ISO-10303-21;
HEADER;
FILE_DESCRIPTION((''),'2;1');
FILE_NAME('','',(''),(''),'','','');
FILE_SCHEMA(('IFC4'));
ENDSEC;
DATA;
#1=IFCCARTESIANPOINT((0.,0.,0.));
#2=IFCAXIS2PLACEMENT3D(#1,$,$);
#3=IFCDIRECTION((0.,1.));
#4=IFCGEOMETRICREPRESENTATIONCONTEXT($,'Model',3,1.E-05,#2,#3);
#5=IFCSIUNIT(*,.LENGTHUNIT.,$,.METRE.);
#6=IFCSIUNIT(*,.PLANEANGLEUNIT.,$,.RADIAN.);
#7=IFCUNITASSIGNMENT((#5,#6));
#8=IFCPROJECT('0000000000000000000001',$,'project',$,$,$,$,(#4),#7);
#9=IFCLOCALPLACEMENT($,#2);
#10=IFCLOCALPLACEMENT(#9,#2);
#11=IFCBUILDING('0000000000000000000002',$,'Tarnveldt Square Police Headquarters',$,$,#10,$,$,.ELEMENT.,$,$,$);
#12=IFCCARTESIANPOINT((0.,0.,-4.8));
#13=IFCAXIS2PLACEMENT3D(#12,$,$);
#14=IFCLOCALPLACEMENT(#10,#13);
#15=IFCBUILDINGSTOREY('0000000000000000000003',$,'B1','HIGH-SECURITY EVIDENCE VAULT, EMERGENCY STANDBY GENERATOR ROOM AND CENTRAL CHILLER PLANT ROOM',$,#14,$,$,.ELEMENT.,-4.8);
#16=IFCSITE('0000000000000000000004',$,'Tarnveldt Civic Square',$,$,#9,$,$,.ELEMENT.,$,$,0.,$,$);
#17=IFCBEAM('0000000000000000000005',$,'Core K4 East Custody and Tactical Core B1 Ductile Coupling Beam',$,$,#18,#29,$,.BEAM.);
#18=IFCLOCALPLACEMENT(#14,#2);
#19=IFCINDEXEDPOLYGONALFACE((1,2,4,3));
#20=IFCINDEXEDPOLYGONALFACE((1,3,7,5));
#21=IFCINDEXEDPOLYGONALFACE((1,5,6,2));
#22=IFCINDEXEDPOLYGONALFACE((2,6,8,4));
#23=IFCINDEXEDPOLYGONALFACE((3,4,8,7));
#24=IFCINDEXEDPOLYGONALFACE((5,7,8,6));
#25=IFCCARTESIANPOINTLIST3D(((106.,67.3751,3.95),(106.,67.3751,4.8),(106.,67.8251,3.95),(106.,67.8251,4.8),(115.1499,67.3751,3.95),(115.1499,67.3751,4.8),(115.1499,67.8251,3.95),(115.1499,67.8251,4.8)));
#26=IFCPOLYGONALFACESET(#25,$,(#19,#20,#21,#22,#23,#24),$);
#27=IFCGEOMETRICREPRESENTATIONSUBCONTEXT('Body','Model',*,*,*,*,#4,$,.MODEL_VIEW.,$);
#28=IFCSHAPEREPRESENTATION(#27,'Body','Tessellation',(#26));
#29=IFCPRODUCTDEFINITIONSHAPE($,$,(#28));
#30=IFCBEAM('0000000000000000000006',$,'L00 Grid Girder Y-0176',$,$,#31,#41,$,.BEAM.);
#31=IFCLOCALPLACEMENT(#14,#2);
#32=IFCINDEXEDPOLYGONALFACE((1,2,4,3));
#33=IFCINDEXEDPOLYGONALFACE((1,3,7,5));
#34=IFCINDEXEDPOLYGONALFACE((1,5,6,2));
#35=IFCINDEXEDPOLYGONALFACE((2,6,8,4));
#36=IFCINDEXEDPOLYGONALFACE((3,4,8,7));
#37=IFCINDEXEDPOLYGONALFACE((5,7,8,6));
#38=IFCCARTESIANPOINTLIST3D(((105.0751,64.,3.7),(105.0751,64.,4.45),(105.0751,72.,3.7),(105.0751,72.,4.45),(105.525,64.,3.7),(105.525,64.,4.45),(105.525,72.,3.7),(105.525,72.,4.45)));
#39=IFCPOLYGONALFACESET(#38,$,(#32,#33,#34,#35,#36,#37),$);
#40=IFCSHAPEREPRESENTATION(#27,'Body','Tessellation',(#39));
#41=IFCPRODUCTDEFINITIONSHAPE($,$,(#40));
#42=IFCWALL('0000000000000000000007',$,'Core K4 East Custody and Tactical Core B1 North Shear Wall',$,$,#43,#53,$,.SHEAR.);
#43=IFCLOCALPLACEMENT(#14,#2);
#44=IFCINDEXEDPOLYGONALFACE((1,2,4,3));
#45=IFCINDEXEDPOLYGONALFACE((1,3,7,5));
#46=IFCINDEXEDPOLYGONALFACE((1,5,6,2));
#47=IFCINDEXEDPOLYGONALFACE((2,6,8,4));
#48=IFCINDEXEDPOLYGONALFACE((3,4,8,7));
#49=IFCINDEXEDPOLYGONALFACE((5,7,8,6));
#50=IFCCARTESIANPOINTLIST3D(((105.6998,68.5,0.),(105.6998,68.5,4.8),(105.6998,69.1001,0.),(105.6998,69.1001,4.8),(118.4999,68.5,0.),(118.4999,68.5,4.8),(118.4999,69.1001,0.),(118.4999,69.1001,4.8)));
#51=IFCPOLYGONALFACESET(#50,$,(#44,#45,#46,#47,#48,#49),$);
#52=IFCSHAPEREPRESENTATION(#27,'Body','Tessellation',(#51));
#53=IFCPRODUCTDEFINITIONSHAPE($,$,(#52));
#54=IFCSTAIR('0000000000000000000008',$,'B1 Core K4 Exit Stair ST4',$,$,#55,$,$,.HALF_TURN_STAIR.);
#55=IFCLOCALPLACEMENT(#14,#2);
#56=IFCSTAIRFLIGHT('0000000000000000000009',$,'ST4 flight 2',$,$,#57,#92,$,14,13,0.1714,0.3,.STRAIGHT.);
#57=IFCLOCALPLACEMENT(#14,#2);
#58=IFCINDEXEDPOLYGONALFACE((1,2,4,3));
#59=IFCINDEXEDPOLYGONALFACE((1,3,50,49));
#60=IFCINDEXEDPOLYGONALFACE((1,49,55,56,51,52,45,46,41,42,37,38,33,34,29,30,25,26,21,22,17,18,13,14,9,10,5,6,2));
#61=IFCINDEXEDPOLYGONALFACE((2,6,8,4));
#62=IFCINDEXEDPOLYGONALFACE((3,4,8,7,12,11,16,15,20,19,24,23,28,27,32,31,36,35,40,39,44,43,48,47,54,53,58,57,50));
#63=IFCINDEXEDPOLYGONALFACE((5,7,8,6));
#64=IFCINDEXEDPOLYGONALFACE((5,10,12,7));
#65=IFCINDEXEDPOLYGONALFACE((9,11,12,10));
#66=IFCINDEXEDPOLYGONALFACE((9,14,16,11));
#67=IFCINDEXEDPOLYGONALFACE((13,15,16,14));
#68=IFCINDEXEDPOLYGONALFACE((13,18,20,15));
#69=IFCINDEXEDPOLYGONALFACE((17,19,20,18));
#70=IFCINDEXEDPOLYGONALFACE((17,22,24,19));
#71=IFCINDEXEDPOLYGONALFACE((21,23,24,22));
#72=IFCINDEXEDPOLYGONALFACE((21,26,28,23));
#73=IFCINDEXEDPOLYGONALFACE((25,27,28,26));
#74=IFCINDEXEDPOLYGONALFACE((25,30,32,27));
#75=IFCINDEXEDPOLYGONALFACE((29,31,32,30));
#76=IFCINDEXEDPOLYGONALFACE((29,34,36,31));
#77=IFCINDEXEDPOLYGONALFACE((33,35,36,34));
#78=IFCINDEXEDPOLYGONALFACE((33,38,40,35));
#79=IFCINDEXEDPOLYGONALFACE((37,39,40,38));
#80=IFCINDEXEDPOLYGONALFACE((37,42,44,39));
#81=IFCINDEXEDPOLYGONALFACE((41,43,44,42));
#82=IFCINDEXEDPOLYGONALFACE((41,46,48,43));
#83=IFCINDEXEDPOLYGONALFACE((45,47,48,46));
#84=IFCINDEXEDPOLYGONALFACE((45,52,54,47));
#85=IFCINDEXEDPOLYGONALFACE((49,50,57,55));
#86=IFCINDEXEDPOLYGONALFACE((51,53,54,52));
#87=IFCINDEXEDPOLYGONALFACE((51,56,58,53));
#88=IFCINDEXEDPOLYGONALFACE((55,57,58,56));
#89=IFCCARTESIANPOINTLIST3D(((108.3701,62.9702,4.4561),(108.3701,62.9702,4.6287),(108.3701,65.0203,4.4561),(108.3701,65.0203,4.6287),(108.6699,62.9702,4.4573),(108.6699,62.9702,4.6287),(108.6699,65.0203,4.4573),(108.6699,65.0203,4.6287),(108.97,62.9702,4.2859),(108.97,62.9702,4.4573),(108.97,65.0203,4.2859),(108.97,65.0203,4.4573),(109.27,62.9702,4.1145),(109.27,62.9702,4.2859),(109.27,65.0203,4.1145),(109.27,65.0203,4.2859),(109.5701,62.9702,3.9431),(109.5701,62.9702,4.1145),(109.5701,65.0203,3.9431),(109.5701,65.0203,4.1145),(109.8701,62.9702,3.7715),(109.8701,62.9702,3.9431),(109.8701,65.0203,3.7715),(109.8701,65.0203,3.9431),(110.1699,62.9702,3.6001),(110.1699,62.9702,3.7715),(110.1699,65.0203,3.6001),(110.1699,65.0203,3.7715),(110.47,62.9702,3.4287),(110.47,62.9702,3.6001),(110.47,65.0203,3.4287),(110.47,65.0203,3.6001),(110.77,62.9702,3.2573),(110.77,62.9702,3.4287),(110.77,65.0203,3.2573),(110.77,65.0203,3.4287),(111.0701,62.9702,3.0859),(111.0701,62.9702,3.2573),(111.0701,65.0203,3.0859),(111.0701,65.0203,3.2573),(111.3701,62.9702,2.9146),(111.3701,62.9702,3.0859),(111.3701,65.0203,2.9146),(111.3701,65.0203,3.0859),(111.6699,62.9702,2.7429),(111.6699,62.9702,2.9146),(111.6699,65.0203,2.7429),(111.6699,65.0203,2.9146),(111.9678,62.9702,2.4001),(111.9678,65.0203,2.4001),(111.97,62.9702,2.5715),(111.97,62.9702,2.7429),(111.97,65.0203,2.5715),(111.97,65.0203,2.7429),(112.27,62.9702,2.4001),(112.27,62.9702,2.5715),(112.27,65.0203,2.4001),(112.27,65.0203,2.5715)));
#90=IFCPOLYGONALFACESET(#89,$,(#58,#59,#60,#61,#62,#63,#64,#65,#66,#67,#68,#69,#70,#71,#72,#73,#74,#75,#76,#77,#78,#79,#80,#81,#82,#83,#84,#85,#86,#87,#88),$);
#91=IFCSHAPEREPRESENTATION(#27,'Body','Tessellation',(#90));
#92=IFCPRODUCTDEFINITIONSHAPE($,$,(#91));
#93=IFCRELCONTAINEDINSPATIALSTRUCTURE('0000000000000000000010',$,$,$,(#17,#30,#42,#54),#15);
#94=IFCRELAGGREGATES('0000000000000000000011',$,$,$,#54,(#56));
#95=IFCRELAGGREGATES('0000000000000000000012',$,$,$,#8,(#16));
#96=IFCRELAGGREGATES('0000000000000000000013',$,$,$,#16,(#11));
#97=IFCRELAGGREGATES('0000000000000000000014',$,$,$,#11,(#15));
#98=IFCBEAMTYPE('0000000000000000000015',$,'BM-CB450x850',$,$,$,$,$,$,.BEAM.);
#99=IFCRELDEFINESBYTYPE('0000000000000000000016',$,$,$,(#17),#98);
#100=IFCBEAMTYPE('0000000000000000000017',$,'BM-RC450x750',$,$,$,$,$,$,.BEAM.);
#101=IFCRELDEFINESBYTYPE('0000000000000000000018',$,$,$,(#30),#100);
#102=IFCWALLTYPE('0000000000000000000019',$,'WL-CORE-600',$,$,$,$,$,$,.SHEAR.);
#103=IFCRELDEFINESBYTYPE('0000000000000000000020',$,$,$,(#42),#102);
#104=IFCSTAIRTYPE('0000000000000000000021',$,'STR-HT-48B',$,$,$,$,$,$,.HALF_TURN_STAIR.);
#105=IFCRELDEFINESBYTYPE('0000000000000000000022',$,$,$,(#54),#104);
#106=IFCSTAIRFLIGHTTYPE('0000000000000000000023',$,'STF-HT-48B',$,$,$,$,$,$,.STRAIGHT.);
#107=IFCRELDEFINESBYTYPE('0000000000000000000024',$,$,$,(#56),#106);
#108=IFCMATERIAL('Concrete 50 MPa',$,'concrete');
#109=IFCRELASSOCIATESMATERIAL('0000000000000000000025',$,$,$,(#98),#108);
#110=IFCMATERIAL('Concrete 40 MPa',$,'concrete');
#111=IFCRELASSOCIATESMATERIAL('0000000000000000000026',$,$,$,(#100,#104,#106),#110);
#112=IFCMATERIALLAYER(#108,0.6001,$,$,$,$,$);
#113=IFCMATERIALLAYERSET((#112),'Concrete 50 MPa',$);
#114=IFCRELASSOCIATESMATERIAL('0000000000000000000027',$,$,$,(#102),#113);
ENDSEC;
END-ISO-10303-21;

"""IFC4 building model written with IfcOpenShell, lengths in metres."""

from ifc_helpers import new_model, si_unit, direction, frame, frame_2d, origin, origin_2d, place, context, subcontext, project, spatial, polyline, rectangle, outline, extrude, material, layer, layer_set, material_profile, profile_set, type_object, element, aggregate, save


model = new_model("IFC4")

# Units and contexts
model_context = context("Model", 3, precision=1e-05, world=origin(), true_north=direction((0.0, 1.0)))
body_context = subcontext(model_context, "Body", "Model", "MODEL_VIEW")
ifc_project = project(units=[si_unit("LENGTHUNIT", "METRE"), si_unit("PLANEANGLEUNIT", "RADIAN")], contexts=[model_context])

# Site, building, storey
site_placement = place(None, origin())
site = spatial("IfcSite", under=ifc_project, at=site_placement, Name="Tarnveldt Civic Square", CompositionType="ELEMENT", RefElevation=0.0)
building_placement = place(site_placement, origin())
building = spatial("IfcBuilding", under=site, at=building_placement, Name="Tarnveldt Square Police Headquarters", CompositionType="ELEMENT")
storey_placement = place(building_placement, frame((0.0, 0.0, -4.8)))
storey = spatial("IfcBuildingStorey", under=building, at=storey_placement, Name="B1", Description="HIGH-SECURITY EVIDENCE VAULT, EMERGENCY STANDBY GENERATOR ROOM AND CENTRAL CHILLER PLANT ROOM", CompositionType="ELEMENT", Elevation=-4.8)

# Shared definitions
ifc_material_1 = material(Name="Concrete 50 MPa", Category="concrete")

# Beams
ifc_material_profile_1 = material_profile(ifc_material_1, rectangle(XDim=0.45, YDim=0.8501, at=origin_2d()), Name="RC-CB450x850")
ifc_profile_set_1 = profile_set([ifc_material_profile_1], Name="Concrete 50 MPa")
beam_type_1 = type_object("IfcBeamType", Name="BM-CB450x850", PredefinedType="BEAM", material=ifc_profile_set_1)
beam_1_placement = place(storey_placement, frame((106.0, 67.6001, 4.375), z_axis=(1.0, 0.0, 0.0), x_axis=(0.0, 1.0, 0.0)))
element("IfcBeam", 1, at=beam_1_placement, inside=storey, type_object=beam_type_1, Name="Core K4 East Custody and Tactical Core B1 Ductile Coupling Beam", PredefinedType="BEAM", context=body_context, shape_type="SweptSolid", body=[
    extrude(rectangle(XDim=0.45, YDim=0.8501, at=origin_2d()), origin(), (0.0, 0.0, 1.0), 9.1499),
])
ifc_material_2 = material(Name="Concrete 40 MPa", Category="concrete")
ifc_material_profile_2 = material_profile(ifc_material_2, rectangle(XDim=0.45, YDim=0.75, at=origin_2d()), Name="RC-B450x750")
ifc_profile_set_2 = profile_set([ifc_material_profile_2], Name="Concrete 40 MPa")
beam_type_2 = type_object("IfcBeamType", Name="BM-RC450x750", PredefinedType="BEAM", material=ifc_profile_set_2)
beam_2_placement = place(storey_placement, frame((105.3, 64.0, 4.075), z_axis=(0.0, 1.0, 0.0), x_axis=(-1.0, 0.0, 0.0)))
element("IfcBeam", 2, at=beam_2_placement, inside=storey, type_object=beam_type_2, Name="L00 Grid Girder Y-0176", PredefinedType="BEAM", context=body_context, shape_type="SweptSolid", body=[
    extrude(rectangle(XDim=0.45, YDim=0.75, at=origin_2d()), origin(), (0.0, 0.0, 1.0), 8.0),
])

# Wall
ifc_layer = layer(ifc_material_1, 0.6001)
ifc_layer_set = layer_set([ifc_layer], Name="Concrete 50 MPa")
wall_type = type_object("IfcWallType", Name="WL-CORE-600", PredefinedType="SHEAR", material=ifc_layer_set)
wall_placement = place(storey_placement, frame((105.7, 68.8, 0.0), z_axis=(0.0, 0.0, 1.0), x_axis=(1.0, 0.0, 0.0)))
element("IfcWall", 3, at=wall_placement, inside=storey, type_object=wall_type, Name="Core K4 East Custody and Tactical Core B1 North Shear Wall", PredefinedType="SHEAR", context=body_context, shape_type="SweptSolid", body=[
    extrude(rectangle(XDim=12.8, YDim=0.6001, at=frame_2d((6.3999, 0.0))), origin(), (0.0, 0.0, 1.0), 4.8),
])

# Stair, stair flight
stair_type = type_object("IfcStairType", Name="STR-HT-48B", PredefinedType="HALF_TURN_STAIR", material=ifc_material_2)
stair_placement = place(storey_placement, origin())
stair = element("IfcStair", 4, at=stair_placement, inside=storey, type_object=stair_type, Name="B1 Core K4 Exit Stair ST4", PredefinedType="HALF_TURN_STAIR")
stair_flight_type = type_object("IfcStairFlightType", Name="STF-HT-48B", PredefinedType="STRAIGHT", material=ifc_material_2)
stair_flight_placement = place(storey_placement, frame((112.27, 63.9951, 2.4001), z_axis=(0.0, 0.0, 1.0), x_axis=(-1.0, 0.0, 0.0)))
stair_flight = element("IfcStairFlight", 5, at=stair_flight_placement, type_object=stair_flight_type, Name="ST4 flight 2", NumberOfRisers=14, NumberOfTreads=13, PredefinedType="STRAIGHT", RiserHeight=0.1714, TreadLength=0.3, context=body_context, shape_type="SweptSolid", body=[
    extrude(outline(polyline([(0.0, 0.0), (0.0, 0.1714), (0.3, 0.1714), (0.3, 0.3428), (0.6001, 0.3428), (0.6001, 0.5144), (0.8999, 0.5144), (0.8999, 0.6858), (1.2, 0.6858), (1.2, 0.8572), (1.5, 0.8572), (1.5, 1.0286), (1.8, 1.0286), (1.8, 1.2), (2.1001, 1.2), (2.1001, 1.3713), (2.3999, 1.3713), (2.3999, 1.543), (2.7, 1.543), (2.7, 1.7144), (3.0, 1.7144), (3.0, 1.8857), (3.3, 1.8857), (3.3, 2.0571), (3.6001, 2.0571), (3.6001, 2.2285), (3.8999, 2.2285), (3.8999, 2.3999), (3.8999, 2.0559), (0.3022, 0.0), (0.0, 0.0)])), frame((0.0, 1.0249, 0.0), z_axis=(0.0, -1.0, 0.0), x_axis=(1.0, 0.0, 0.0)), (0.0, 0.0, 1.0), 2.05),
])
aggregate(stair, [stair_flight])

save(model, "model.ifc")
